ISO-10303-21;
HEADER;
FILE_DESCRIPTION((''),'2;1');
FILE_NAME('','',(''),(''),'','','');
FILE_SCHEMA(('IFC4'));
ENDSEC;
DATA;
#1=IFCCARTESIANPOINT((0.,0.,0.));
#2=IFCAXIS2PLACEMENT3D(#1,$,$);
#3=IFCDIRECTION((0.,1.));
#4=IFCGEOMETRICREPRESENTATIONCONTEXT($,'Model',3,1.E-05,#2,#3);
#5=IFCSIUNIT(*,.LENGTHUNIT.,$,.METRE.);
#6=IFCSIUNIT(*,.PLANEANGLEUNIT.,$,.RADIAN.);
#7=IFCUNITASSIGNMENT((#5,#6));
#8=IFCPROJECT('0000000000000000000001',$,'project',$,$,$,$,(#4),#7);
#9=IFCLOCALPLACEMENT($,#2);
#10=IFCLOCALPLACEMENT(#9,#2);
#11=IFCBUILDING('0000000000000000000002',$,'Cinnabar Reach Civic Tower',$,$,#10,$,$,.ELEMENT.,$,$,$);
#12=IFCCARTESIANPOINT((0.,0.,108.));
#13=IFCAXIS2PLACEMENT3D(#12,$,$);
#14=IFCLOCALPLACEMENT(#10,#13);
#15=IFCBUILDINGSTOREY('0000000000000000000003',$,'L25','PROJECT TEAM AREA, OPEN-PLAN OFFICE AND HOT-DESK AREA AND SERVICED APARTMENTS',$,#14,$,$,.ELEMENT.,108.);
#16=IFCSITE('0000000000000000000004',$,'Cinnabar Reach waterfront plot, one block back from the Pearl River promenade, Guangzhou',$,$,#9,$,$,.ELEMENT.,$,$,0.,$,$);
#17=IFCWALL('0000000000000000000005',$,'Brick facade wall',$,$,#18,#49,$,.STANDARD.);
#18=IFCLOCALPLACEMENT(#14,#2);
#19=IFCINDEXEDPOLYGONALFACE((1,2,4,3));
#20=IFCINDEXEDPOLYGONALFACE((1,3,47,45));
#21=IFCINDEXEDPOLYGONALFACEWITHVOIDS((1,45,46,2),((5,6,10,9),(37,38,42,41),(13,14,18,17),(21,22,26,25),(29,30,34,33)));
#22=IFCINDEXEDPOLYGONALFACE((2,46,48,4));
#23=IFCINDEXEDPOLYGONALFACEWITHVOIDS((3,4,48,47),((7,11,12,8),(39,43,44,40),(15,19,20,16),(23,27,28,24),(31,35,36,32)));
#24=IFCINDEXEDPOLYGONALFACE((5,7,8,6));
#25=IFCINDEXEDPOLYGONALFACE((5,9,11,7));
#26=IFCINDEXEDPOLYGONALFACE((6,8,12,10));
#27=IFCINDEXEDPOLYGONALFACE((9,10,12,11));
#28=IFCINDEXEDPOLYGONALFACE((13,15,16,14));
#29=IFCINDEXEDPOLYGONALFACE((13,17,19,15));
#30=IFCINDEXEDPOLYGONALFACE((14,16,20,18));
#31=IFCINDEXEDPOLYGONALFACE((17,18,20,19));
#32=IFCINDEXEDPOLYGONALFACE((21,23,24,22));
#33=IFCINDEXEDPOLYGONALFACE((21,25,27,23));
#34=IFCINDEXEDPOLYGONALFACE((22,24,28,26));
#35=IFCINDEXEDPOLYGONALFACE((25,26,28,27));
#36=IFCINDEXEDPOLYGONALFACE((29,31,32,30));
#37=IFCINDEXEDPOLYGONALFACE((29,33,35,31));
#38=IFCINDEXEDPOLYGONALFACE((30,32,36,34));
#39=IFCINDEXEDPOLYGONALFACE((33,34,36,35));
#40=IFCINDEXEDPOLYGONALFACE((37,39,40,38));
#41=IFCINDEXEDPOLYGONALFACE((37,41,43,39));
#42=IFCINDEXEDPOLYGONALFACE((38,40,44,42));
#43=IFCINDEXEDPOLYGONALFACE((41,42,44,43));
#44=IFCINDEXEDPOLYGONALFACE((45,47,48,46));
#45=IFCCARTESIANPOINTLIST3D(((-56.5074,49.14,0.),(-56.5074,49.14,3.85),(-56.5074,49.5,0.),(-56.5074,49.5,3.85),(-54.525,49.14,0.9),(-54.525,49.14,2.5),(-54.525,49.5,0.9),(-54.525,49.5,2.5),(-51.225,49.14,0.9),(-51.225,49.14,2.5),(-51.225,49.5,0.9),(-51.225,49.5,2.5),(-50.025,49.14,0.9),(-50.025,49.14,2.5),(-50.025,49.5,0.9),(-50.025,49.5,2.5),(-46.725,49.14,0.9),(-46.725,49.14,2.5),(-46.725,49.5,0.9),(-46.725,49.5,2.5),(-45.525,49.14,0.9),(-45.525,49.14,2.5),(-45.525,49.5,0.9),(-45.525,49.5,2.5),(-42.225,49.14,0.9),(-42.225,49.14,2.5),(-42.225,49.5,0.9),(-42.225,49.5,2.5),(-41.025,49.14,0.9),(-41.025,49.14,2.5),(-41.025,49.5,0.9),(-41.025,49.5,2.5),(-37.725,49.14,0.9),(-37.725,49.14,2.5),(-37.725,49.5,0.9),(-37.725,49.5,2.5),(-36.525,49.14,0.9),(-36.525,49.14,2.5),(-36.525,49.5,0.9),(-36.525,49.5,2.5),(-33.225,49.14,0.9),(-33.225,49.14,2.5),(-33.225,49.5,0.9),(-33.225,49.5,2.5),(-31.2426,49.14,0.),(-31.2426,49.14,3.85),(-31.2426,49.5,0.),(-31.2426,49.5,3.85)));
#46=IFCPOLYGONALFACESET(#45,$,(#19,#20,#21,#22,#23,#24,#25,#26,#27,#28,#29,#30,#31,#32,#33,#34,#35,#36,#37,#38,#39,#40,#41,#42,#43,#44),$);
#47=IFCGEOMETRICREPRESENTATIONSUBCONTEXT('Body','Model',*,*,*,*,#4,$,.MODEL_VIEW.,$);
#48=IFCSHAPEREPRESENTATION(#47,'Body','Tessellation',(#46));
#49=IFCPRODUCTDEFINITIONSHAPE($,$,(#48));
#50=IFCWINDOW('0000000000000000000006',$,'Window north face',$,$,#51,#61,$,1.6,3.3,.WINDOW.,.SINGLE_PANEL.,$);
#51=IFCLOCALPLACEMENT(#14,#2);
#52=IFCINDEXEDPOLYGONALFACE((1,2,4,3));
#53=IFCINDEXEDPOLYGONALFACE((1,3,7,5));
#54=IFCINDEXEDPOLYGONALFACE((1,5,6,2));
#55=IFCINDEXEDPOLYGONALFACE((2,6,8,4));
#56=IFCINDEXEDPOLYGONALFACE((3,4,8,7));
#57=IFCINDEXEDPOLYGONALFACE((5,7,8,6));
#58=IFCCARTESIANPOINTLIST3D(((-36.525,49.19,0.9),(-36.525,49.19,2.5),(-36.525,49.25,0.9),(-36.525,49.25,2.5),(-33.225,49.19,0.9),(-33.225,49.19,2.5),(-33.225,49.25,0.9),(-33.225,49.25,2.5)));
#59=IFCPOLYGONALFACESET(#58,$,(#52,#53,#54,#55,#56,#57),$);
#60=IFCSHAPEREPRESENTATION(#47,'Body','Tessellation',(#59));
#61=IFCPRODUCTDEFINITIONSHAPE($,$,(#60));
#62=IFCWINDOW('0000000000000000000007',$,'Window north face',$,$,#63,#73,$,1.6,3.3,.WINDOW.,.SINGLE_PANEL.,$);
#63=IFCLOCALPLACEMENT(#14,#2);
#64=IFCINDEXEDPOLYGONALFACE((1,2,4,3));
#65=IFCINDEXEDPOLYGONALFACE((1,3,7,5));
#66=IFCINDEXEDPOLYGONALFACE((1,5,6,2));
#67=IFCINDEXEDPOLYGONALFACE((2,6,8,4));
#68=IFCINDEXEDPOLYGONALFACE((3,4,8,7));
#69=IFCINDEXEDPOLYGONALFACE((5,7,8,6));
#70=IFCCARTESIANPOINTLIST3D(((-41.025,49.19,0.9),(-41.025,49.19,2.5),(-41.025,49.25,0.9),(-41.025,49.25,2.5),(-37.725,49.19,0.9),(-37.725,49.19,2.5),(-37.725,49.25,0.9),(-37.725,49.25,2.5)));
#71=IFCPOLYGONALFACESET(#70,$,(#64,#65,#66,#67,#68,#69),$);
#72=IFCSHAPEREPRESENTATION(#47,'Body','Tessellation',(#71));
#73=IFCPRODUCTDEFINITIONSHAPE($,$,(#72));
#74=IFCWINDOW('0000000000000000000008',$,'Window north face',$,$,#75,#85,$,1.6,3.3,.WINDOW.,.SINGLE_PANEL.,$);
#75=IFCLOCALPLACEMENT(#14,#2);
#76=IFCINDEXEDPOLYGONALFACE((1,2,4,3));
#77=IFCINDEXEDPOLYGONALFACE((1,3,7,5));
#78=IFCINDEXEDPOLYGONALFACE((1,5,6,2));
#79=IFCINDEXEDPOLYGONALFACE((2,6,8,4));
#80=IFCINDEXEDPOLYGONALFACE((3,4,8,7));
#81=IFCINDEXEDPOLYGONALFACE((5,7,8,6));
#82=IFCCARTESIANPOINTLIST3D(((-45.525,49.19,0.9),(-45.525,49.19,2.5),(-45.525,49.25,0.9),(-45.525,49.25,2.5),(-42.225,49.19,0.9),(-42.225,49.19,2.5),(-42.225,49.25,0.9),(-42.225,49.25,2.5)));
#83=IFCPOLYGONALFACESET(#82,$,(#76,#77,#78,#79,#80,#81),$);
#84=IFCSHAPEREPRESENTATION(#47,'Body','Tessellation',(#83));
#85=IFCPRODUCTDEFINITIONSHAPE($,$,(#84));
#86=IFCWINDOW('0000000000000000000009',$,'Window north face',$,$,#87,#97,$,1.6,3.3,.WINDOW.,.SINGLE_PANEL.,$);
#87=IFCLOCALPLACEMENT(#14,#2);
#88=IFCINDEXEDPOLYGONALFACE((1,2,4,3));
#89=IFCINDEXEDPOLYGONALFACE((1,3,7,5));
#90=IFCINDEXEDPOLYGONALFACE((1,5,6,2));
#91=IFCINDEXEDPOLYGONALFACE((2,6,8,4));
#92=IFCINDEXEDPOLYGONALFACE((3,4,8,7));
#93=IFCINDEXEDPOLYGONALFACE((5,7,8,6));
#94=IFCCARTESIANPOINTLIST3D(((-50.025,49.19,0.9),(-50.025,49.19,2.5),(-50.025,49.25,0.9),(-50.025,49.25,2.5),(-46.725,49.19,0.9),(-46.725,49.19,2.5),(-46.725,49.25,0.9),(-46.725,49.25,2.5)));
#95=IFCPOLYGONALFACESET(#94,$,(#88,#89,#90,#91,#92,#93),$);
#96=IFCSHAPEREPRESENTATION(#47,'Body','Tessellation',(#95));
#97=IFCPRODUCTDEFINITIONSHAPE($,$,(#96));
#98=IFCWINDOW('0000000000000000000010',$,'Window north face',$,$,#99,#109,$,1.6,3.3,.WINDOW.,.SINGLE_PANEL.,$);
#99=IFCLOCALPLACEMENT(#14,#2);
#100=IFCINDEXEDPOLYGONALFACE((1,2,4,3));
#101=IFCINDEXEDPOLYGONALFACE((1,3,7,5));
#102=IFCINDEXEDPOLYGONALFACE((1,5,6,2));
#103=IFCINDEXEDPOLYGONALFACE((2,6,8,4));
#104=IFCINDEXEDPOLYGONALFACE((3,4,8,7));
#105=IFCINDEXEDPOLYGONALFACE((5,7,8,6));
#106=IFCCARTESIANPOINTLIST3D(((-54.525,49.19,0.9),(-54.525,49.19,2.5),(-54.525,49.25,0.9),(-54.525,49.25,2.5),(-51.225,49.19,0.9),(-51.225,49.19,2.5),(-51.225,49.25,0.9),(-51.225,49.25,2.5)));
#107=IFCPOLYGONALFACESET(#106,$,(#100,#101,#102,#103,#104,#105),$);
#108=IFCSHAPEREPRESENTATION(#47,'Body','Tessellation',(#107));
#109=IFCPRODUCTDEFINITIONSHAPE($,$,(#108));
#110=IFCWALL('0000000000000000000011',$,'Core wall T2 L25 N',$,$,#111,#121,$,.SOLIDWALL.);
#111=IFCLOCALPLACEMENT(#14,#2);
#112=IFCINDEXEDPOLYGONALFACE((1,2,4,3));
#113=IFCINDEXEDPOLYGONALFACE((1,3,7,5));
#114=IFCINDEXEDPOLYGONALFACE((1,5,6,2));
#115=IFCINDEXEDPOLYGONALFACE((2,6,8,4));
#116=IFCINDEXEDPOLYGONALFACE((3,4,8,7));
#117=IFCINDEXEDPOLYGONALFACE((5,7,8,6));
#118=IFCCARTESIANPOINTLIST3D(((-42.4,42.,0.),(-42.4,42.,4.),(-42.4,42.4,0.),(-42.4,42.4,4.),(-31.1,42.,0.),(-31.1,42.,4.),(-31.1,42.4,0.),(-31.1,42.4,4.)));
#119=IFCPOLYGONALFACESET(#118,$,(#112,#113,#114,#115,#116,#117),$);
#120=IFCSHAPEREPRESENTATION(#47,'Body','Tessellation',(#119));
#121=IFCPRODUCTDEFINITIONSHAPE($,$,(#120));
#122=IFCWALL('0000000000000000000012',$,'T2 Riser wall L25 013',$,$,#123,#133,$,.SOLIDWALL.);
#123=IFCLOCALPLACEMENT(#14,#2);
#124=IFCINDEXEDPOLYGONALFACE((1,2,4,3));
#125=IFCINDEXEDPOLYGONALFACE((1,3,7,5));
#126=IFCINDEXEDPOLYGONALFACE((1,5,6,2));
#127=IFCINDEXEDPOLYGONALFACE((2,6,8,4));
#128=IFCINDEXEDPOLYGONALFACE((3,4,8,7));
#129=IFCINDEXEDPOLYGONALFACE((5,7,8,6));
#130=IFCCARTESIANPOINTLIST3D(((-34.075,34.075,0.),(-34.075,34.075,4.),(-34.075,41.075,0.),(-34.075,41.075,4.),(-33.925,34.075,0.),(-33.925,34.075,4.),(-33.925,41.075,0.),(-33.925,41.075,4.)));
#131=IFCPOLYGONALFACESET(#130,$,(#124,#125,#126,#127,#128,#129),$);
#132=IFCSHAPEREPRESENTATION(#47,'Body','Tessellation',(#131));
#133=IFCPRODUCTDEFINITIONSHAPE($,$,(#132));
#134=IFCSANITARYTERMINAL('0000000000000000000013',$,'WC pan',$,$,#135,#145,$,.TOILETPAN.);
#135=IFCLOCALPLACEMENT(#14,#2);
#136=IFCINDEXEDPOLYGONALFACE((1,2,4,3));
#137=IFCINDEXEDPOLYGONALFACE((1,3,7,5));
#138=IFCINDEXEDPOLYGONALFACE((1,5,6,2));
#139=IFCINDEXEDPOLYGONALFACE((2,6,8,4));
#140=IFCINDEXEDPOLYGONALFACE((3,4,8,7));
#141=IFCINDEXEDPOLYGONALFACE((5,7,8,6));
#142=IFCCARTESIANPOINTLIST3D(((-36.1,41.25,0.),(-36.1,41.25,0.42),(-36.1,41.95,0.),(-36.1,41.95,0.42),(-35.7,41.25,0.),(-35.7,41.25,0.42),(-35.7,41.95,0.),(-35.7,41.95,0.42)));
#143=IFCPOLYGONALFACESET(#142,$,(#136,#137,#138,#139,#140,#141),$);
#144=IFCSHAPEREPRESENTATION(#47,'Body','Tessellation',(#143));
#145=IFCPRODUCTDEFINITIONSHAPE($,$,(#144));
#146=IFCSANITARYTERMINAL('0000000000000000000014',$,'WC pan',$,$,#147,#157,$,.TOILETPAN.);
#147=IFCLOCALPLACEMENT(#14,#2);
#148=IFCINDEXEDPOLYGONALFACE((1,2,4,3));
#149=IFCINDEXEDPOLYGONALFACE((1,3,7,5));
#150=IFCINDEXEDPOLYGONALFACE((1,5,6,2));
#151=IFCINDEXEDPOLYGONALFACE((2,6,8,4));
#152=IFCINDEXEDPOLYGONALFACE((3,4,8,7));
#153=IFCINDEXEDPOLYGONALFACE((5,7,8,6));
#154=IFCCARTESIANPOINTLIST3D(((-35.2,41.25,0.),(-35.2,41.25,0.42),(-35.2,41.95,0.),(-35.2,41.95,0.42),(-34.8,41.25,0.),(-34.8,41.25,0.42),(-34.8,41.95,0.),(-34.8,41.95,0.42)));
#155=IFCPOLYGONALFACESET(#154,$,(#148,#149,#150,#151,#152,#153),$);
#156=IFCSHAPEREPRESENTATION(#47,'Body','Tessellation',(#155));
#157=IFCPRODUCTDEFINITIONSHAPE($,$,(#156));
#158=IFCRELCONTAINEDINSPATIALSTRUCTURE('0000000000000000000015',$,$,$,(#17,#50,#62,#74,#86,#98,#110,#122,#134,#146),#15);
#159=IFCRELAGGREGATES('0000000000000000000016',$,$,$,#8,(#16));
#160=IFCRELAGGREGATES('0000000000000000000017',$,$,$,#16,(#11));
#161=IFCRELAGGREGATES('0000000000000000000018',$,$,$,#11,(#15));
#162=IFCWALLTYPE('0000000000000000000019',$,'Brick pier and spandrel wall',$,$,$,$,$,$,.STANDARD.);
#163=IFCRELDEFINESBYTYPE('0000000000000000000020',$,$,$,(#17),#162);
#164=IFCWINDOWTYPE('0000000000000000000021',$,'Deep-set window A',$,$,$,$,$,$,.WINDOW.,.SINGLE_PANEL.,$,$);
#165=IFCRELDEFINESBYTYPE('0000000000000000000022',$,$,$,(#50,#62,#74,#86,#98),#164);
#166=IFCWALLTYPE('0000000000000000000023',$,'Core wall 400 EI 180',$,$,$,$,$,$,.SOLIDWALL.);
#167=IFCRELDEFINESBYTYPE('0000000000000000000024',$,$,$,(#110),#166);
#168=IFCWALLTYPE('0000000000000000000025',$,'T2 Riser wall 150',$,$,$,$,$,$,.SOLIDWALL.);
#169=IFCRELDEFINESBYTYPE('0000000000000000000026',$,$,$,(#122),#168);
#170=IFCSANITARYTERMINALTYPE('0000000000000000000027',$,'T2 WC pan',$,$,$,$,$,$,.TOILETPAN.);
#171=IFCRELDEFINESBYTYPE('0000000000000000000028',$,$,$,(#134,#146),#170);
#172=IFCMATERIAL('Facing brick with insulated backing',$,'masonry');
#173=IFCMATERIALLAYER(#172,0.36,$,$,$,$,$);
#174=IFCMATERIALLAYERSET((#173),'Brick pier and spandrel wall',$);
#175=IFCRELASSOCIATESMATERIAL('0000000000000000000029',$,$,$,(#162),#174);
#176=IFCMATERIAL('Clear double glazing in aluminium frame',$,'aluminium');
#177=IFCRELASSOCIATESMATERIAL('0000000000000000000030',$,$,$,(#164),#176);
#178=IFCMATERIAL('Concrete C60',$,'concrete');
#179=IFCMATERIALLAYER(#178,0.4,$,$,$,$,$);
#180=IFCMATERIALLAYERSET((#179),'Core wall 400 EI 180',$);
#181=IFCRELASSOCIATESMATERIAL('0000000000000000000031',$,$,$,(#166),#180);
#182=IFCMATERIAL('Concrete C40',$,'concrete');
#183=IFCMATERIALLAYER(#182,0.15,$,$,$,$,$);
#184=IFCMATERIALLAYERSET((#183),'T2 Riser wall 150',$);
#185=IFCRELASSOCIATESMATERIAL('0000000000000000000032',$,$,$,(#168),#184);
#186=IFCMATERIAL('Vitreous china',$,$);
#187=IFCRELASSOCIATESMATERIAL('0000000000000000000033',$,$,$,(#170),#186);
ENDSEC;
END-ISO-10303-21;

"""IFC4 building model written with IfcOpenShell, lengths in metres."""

from ifc_helpers import new_model, si_unit, direction, frame, frame_2d, origin, origin_2d, place, context, subcontext, project, spatial, rectangle, extrude, material, layer, layer_set, type_object, element, fill, save


model = new_model("IFC4")

# Units and contexts
model_context = context("Model", 3, precision=1e-05, world=origin(), true_north=direction((0.0, 1.0)))
body_context = subcontext(model_context, "Body", "Model", "MODEL_VIEW")
ifc_project = project(units=[si_unit("LENGTHUNIT", "METRE"), si_unit("PLANEANGLEUNIT", "RADIAN")], contexts=[model_context])

# Site, building, storey
site_placement = place(None, origin())
site = spatial("IfcSite", under=ifc_project, at=site_placement, Name="Cinnabar Reach waterfront plot, one block back from the Pearl River promenade, Guangzhou", CompositionType="ELEMENT", RefElevation=0.0)
building_placement = place(site_placement, origin())
building = spatial("IfcBuilding", under=site, at=building_placement, Name="Cinnabar Reach Civic Tower", CompositionType="ELEMENT")
storey_placement = place(building_placement, frame((0.0, 0.0, 108.0)))
storey = spatial("IfcBuildingStorey", under=building, at=storey_placement, Name="L25", Description="PROJECT TEAM AREA, OPEN-PLAN OFFICE AND HOT-DESK AREA AND SERVICED APARTMENTS", CompositionType="ELEMENT", Elevation=108.0)

# Shared definitions
ifc_material_1 = material(Name="Concrete C60", Category="concrete")

# Shared definitions
ifc_material_2 = material(Name="Facing brick with insulated backing", Category="masonry")

# Wall, openings, windows
ifc_layer_1 = layer(ifc_material_2, 0.36)
ifc_layer_set_1 = layer_set([ifc_layer_1], Name="Brick pier and spandrel wall")
wall_type_1 = type_object("IfcWallType", Name="Brick pier and spandrel wall", PredefinedType="STANDARD", material=ifc_layer_set_1)
wall_1_placement = place(storey_placement, frame((-31.2426, 49.32, 0.0), z_axis=(0.0, 0.0, 1.0), x_axis=(-1.0, 0.0, 0.0)))
wall_1 = element("IfcWall", 1, at=wall_1_placement, inside=storey, type_object=wall_type_1, Name="Brick facade wall", PredefinedType="STANDARD", context=body_context, shape_type="SweptSolid", body=[
    extrude(rectangle(XDim=25.2648, YDim=0.36, at=frame_2d((12.6324, 0.0))), origin(), (0.0, 0.0, 1.0), 3.85),
])
opening_1_placement = place(wall_1_placement, frame((1.9824, 0.0, 0.9)))
opening_1 = element("IfcOpeningElement", 2, at=opening_1_placement, cuts=wall_1, PredefinedType="OPENING", context=body_context, shape_type="SweptSolid", body=[
    extrude(rectangle(XDim=3.3, YDim=1.6, at=frame_2d((1.65, 0.8))), frame((0.0, 0.19, 0.0), z_axis=(0.0, -1.0, 0.0), x_axis=(1.0, 0.0, 0.0)), (0.0, 0.0, 1.0), 0.38),
])
opening_2_placement = place(wall_1_placement, frame((6.4824, 0.0, 0.9)))
opening_2 = element("IfcOpeningElement", 3, at=opening_2_placement, cuts=wall_1, PredefinedType="OPENING", context=body_context, shape_type="SweptSolid", body=[
    extrude(rectangle(XDim=3.3, YDim=1.6, at=frame_2d((1.65, 0.8))), frame((0.0, 0.19, 0.0), z_axis=(0.0, -1.0, 0.0), x_axis=(1.0, 0.0, 0.0)), (0.0, 0.0, 1.0), 0.38),
])
opening_3_placement = place(wall_1_placement, frame((10.9824, 0.0, 0.9)))
opening_3 = element("IfcOpeningElement", 4, at=opening_3_placement, cuts=wall_1, PredefinedType="OPENING", context=body_context, shape_type="SweptSolid", body=[
    extrude(rectangle(XDim=3.3, YDim=1.6, at=frame_2d((1.65, 0.8))), frame((0.0, 0.19, 0.0), z_axis=(0.0, -1.0, 0.0), x_axis=(1.0, 0.0, 0.0)), (0.0, 0.0, 1.0), 0.38),
])
opening_4_placement = place(wall_1_placement, frame((15.4824, 0.0, 0.9)))
opening_4 = element("IfcOpeningElement", 5, at=opening_4_placement, cuts=wall_1, PredefinedType="OPENING", context=body_context, shape_type="SweptSolid", body=[
    extrude(rectangle(XDim=3.3, YDim=1.6, at=frame_2d((1.65, 0.8))), frame((0.0, 0.19, 0.0), z_axis=(0.0, -1.0, 0.0), x_axis=(1.0, 0.0, 0.0)), (0.0, 0.0, 1.0), 0.38),
])
opening_5_placement = place(wall_1_placement, frame((19.9824, 0.0, 0.9)))
opening_5 = element("IfcOpeningElement", 6, at=opening_5_placement, cuts=wall_1, PredefinedType="OPENING", context=body_context, shape_type="SweptSolid", body=[
    extrude(rectangle(XDim=3.3, YDim=1.6, at=frame_2d((1.65, 0.8))), frame((0.0, 0.19, 0.0), z_axis=(0.0, -1.0, 0.0), x_axis=(1.0, 0.0, 0.0)), (0.0, 0.0, 1.0), 0.38),
])
ifc_material_3 = material(Name="Clear double glazing in aluminium frame", Category="aluminium")
window_type = type_object("IfcWindowType", Name="Deep-set window A", PartitioningType="SINGLE_PANEL", PredefinedType="WINDOW", material=ifc_material_3)
window_1_placement = place(opening_1_placement, origin())
window_1 = element("IfcWindow", 7, at=window_1_placement, inside=storey, type_object=window_type, Name="Window north face", OverallHeight=1.6, OverallWidth=3.3, PartitioningType="SINGLE_PANEL", PredefinedType="WINDOW", context=body_context, shape_type="SweptSolid", body=[
    extrude(rectangle(XDim=3.3, YDim=1.6, at=frame_2d((1.65, 0.8))), frame((0.0, 0.13, 0.0), z_axis=(0.0, -1.0, 0.0), x_axis=(1.0, 0.0, 0.0)), (0.0, 0.0, 1.0), 0.06),
])
fill(opening_1, window_1)
window_2_placement = place(opening_2_placement, origin())
window_2 = element("IfcWindow", 8, at=window_2_placement, inside=storey, type_object=window_type, Name="Window north face", OverallHeight=1.6, OverallWidth=3.3, PartitioningType="SINGLE_PANEL", PredefinedType="WINDOW", context=body_context, shape_type="SweptSolid", body=[
    extrude(rectangle(XDim=3.3, YDim=1.6, at=frame_2d((1.65, 0.8))), frame((0.0, 0.13, 0.0), z_axis=(0.0, -1.0, 0.0), x_axis=(1.0, 0.0, 0.0)), (0.0, 0.0, 1.0), 0.06),
])
fill(opening_2, window_2)
window_3_placement = place(opening_3_placement, origin())
window_3 = element("IfcWindow", 9, at=window_3_placement, inside=storey, type_object=window_type, Name="Window north face", OverallHeight=1.6, OverallWidth=3.3, PartitioningType="SINGLE_PANEL", PredefinedType="WINDOW", context=body_context, shape_type="SweptSolid", body=[
    extrude(rectangle(XDim=3.3, YDim=1.6, at=frame_2d((1.65, 0.8))), frame((0.0, 0.13, 0.0), z_axis=(0.0, -1.0, 0.0), x_axis=(1.0, 0.0, 0.0)), (0.0, 0.0, 1.0), 0.06),
])
fill(opening_3, window_3)
window_4_placement = place(opening_4_placement, origin())
window_4 = element("IfcWindow", 10, at=window_4_placement, inside=storey, type_object=window_type, Name="Window north face", OverallHeight=1.6, OverallWidth=3.3, PartitioningType="SINGLE_PANEL", PredefinedType="WINDOW", context=body_context, shape_type="SweptSolid", body=[
    extrude(rectangle(XDim=3.3, YDim=1.6, at=frame_2d((1.65, 0.8))), frame((0.0, 0.13, 0.0), z_axis=(0.0, -1.0, 0.0), x_axis=(1.0, 0.0, 0.0)), (0.0, 0.0, 1.0), 0.06),
])
fill(opening_4, window_4)
window_5_placement = place(opening_5_placement, origin())
window_5 = element("IfcWindow", 11, at=window_5_placement, inside=storey, type_object=window_type, Name="Window north face", OverallHeight=1.6, OverallWidth=3.3, PartitioningType="SINGLE_PANEL", PredefinedType="WINDOW", context=body_context, shape_type="SweptSolid", body=[
    extrude(rectangle(XDim=3.3, YDim=1.6, at=frame_2d((1.65, 0.8))), frame((0.0, 0.13, 0.0), z_axis=(0.0, -1.0, 0.0), x_axis=(1.0, 0.0, 0.0)), (0.0, 0.0, 1.0), 0.06),
])
fill(opening_5, window_5)

# Walls
ifc_layer_2 = layer(ifc_material_1, 0.4)
ifc_layer_set_2 = layer_set([ifc_layer_2], Name="Core wall 400 EI 180")
wall_type_2 = type_object("IfcWallType", Name="Core wall 400 EI 180", PredefinedType="SOLIDWALL", material=ifc_layer_set_2)
wall_2_placement = place(storey_placement, frame((-31.1, 42.2, 0.0), z_axis=(0.0, 0.0, 1.0), x_axis=(-1.0, 0.0, 0.0)))
element("IfcWall", 12, at=wall_2_placement, inside=storey, type_object=wall_type_2, Name="Core wall T2 L25 N", PredefinedType="SOLIDWALL", context=body_context, shape_type="SweptSolid", body=[
    extrude(rectangle(XDim=11.3, YDim=0.4, at=frame_2d((5.65, 0.0))), origin(), (0.0, 0.0, 1.0), 4.0),
])
ifc_material_4 = material(Name="Concrete C40", Category="concrete")
ifc_layer_3 = layer(ifc_material_4, 0.15)
ifc_layer_set_3 = layer_set([ifc_layer_3], Name="T2 Riser wall 150")
wall_type_3 = type_object("IfcWallType", Name="T2 Riser wall 150", PredefinedType="SOLIDWALL", material=ifc_layer_set_3)
wall_3_placement = place(storey_placement, frame((-34.0, 41.075, 0.0), z_axis=(0.0, 0.0, 1.0), x_axis=(0.0, -1.0, 0.0)))
element("IfcWall", 13, at=wall_3_placement, inside=storey, type_object=wall_type_3, Name="T2 Riser wall L25 013", PredefinedType="SOLIDWALL", context=body_context, shape_type="SweptSolid", body=[
    extrude(rectangle(XDim=7.0, YDim=0.15, at=frame_2d((3.5, 0.0))), origin(), (0.0, 0.0, 1.0), 4.0),
])

# Sanitary terminals
ifc_material_5 = material(Name="Vitreous china")
sanitary_terminal_type = type_object("IfcSanitaryTerminalType", Name="T2 WC pan", PredefinedType="TOILETPAN", material=ifc_material_5)
for number, where, z_axis, x_axis, name in (
    (14, (-35.9, 41.6, 0.0), (0.0, 0.0, 1.0), (1.0, 0.0, 0.0), "WC pan"),
    (15, (-35.0, 41.6, 0.0), (0.0, 0.0, 1.0), (1.0, 0.0, 0.0), "WC pan"),
):
    element("IfcSanitaryTerminal", number, at=place(storey_placement, frame(where, z_axis=z_axis, x_axis=x_axis)), inside=storey, type_object=sanitary_terminal_type, Name=name, PredefinedType="TOILETPAN", context=body_context, shape_type="SweptSolid", body=[
        extrude(rectangle(XDim=0.4, YDim=0.7, at=origin_2d()), origin(), (0.0, 0.0, 1.0), 0.42),
    ])

save(model, "model.ifc")
